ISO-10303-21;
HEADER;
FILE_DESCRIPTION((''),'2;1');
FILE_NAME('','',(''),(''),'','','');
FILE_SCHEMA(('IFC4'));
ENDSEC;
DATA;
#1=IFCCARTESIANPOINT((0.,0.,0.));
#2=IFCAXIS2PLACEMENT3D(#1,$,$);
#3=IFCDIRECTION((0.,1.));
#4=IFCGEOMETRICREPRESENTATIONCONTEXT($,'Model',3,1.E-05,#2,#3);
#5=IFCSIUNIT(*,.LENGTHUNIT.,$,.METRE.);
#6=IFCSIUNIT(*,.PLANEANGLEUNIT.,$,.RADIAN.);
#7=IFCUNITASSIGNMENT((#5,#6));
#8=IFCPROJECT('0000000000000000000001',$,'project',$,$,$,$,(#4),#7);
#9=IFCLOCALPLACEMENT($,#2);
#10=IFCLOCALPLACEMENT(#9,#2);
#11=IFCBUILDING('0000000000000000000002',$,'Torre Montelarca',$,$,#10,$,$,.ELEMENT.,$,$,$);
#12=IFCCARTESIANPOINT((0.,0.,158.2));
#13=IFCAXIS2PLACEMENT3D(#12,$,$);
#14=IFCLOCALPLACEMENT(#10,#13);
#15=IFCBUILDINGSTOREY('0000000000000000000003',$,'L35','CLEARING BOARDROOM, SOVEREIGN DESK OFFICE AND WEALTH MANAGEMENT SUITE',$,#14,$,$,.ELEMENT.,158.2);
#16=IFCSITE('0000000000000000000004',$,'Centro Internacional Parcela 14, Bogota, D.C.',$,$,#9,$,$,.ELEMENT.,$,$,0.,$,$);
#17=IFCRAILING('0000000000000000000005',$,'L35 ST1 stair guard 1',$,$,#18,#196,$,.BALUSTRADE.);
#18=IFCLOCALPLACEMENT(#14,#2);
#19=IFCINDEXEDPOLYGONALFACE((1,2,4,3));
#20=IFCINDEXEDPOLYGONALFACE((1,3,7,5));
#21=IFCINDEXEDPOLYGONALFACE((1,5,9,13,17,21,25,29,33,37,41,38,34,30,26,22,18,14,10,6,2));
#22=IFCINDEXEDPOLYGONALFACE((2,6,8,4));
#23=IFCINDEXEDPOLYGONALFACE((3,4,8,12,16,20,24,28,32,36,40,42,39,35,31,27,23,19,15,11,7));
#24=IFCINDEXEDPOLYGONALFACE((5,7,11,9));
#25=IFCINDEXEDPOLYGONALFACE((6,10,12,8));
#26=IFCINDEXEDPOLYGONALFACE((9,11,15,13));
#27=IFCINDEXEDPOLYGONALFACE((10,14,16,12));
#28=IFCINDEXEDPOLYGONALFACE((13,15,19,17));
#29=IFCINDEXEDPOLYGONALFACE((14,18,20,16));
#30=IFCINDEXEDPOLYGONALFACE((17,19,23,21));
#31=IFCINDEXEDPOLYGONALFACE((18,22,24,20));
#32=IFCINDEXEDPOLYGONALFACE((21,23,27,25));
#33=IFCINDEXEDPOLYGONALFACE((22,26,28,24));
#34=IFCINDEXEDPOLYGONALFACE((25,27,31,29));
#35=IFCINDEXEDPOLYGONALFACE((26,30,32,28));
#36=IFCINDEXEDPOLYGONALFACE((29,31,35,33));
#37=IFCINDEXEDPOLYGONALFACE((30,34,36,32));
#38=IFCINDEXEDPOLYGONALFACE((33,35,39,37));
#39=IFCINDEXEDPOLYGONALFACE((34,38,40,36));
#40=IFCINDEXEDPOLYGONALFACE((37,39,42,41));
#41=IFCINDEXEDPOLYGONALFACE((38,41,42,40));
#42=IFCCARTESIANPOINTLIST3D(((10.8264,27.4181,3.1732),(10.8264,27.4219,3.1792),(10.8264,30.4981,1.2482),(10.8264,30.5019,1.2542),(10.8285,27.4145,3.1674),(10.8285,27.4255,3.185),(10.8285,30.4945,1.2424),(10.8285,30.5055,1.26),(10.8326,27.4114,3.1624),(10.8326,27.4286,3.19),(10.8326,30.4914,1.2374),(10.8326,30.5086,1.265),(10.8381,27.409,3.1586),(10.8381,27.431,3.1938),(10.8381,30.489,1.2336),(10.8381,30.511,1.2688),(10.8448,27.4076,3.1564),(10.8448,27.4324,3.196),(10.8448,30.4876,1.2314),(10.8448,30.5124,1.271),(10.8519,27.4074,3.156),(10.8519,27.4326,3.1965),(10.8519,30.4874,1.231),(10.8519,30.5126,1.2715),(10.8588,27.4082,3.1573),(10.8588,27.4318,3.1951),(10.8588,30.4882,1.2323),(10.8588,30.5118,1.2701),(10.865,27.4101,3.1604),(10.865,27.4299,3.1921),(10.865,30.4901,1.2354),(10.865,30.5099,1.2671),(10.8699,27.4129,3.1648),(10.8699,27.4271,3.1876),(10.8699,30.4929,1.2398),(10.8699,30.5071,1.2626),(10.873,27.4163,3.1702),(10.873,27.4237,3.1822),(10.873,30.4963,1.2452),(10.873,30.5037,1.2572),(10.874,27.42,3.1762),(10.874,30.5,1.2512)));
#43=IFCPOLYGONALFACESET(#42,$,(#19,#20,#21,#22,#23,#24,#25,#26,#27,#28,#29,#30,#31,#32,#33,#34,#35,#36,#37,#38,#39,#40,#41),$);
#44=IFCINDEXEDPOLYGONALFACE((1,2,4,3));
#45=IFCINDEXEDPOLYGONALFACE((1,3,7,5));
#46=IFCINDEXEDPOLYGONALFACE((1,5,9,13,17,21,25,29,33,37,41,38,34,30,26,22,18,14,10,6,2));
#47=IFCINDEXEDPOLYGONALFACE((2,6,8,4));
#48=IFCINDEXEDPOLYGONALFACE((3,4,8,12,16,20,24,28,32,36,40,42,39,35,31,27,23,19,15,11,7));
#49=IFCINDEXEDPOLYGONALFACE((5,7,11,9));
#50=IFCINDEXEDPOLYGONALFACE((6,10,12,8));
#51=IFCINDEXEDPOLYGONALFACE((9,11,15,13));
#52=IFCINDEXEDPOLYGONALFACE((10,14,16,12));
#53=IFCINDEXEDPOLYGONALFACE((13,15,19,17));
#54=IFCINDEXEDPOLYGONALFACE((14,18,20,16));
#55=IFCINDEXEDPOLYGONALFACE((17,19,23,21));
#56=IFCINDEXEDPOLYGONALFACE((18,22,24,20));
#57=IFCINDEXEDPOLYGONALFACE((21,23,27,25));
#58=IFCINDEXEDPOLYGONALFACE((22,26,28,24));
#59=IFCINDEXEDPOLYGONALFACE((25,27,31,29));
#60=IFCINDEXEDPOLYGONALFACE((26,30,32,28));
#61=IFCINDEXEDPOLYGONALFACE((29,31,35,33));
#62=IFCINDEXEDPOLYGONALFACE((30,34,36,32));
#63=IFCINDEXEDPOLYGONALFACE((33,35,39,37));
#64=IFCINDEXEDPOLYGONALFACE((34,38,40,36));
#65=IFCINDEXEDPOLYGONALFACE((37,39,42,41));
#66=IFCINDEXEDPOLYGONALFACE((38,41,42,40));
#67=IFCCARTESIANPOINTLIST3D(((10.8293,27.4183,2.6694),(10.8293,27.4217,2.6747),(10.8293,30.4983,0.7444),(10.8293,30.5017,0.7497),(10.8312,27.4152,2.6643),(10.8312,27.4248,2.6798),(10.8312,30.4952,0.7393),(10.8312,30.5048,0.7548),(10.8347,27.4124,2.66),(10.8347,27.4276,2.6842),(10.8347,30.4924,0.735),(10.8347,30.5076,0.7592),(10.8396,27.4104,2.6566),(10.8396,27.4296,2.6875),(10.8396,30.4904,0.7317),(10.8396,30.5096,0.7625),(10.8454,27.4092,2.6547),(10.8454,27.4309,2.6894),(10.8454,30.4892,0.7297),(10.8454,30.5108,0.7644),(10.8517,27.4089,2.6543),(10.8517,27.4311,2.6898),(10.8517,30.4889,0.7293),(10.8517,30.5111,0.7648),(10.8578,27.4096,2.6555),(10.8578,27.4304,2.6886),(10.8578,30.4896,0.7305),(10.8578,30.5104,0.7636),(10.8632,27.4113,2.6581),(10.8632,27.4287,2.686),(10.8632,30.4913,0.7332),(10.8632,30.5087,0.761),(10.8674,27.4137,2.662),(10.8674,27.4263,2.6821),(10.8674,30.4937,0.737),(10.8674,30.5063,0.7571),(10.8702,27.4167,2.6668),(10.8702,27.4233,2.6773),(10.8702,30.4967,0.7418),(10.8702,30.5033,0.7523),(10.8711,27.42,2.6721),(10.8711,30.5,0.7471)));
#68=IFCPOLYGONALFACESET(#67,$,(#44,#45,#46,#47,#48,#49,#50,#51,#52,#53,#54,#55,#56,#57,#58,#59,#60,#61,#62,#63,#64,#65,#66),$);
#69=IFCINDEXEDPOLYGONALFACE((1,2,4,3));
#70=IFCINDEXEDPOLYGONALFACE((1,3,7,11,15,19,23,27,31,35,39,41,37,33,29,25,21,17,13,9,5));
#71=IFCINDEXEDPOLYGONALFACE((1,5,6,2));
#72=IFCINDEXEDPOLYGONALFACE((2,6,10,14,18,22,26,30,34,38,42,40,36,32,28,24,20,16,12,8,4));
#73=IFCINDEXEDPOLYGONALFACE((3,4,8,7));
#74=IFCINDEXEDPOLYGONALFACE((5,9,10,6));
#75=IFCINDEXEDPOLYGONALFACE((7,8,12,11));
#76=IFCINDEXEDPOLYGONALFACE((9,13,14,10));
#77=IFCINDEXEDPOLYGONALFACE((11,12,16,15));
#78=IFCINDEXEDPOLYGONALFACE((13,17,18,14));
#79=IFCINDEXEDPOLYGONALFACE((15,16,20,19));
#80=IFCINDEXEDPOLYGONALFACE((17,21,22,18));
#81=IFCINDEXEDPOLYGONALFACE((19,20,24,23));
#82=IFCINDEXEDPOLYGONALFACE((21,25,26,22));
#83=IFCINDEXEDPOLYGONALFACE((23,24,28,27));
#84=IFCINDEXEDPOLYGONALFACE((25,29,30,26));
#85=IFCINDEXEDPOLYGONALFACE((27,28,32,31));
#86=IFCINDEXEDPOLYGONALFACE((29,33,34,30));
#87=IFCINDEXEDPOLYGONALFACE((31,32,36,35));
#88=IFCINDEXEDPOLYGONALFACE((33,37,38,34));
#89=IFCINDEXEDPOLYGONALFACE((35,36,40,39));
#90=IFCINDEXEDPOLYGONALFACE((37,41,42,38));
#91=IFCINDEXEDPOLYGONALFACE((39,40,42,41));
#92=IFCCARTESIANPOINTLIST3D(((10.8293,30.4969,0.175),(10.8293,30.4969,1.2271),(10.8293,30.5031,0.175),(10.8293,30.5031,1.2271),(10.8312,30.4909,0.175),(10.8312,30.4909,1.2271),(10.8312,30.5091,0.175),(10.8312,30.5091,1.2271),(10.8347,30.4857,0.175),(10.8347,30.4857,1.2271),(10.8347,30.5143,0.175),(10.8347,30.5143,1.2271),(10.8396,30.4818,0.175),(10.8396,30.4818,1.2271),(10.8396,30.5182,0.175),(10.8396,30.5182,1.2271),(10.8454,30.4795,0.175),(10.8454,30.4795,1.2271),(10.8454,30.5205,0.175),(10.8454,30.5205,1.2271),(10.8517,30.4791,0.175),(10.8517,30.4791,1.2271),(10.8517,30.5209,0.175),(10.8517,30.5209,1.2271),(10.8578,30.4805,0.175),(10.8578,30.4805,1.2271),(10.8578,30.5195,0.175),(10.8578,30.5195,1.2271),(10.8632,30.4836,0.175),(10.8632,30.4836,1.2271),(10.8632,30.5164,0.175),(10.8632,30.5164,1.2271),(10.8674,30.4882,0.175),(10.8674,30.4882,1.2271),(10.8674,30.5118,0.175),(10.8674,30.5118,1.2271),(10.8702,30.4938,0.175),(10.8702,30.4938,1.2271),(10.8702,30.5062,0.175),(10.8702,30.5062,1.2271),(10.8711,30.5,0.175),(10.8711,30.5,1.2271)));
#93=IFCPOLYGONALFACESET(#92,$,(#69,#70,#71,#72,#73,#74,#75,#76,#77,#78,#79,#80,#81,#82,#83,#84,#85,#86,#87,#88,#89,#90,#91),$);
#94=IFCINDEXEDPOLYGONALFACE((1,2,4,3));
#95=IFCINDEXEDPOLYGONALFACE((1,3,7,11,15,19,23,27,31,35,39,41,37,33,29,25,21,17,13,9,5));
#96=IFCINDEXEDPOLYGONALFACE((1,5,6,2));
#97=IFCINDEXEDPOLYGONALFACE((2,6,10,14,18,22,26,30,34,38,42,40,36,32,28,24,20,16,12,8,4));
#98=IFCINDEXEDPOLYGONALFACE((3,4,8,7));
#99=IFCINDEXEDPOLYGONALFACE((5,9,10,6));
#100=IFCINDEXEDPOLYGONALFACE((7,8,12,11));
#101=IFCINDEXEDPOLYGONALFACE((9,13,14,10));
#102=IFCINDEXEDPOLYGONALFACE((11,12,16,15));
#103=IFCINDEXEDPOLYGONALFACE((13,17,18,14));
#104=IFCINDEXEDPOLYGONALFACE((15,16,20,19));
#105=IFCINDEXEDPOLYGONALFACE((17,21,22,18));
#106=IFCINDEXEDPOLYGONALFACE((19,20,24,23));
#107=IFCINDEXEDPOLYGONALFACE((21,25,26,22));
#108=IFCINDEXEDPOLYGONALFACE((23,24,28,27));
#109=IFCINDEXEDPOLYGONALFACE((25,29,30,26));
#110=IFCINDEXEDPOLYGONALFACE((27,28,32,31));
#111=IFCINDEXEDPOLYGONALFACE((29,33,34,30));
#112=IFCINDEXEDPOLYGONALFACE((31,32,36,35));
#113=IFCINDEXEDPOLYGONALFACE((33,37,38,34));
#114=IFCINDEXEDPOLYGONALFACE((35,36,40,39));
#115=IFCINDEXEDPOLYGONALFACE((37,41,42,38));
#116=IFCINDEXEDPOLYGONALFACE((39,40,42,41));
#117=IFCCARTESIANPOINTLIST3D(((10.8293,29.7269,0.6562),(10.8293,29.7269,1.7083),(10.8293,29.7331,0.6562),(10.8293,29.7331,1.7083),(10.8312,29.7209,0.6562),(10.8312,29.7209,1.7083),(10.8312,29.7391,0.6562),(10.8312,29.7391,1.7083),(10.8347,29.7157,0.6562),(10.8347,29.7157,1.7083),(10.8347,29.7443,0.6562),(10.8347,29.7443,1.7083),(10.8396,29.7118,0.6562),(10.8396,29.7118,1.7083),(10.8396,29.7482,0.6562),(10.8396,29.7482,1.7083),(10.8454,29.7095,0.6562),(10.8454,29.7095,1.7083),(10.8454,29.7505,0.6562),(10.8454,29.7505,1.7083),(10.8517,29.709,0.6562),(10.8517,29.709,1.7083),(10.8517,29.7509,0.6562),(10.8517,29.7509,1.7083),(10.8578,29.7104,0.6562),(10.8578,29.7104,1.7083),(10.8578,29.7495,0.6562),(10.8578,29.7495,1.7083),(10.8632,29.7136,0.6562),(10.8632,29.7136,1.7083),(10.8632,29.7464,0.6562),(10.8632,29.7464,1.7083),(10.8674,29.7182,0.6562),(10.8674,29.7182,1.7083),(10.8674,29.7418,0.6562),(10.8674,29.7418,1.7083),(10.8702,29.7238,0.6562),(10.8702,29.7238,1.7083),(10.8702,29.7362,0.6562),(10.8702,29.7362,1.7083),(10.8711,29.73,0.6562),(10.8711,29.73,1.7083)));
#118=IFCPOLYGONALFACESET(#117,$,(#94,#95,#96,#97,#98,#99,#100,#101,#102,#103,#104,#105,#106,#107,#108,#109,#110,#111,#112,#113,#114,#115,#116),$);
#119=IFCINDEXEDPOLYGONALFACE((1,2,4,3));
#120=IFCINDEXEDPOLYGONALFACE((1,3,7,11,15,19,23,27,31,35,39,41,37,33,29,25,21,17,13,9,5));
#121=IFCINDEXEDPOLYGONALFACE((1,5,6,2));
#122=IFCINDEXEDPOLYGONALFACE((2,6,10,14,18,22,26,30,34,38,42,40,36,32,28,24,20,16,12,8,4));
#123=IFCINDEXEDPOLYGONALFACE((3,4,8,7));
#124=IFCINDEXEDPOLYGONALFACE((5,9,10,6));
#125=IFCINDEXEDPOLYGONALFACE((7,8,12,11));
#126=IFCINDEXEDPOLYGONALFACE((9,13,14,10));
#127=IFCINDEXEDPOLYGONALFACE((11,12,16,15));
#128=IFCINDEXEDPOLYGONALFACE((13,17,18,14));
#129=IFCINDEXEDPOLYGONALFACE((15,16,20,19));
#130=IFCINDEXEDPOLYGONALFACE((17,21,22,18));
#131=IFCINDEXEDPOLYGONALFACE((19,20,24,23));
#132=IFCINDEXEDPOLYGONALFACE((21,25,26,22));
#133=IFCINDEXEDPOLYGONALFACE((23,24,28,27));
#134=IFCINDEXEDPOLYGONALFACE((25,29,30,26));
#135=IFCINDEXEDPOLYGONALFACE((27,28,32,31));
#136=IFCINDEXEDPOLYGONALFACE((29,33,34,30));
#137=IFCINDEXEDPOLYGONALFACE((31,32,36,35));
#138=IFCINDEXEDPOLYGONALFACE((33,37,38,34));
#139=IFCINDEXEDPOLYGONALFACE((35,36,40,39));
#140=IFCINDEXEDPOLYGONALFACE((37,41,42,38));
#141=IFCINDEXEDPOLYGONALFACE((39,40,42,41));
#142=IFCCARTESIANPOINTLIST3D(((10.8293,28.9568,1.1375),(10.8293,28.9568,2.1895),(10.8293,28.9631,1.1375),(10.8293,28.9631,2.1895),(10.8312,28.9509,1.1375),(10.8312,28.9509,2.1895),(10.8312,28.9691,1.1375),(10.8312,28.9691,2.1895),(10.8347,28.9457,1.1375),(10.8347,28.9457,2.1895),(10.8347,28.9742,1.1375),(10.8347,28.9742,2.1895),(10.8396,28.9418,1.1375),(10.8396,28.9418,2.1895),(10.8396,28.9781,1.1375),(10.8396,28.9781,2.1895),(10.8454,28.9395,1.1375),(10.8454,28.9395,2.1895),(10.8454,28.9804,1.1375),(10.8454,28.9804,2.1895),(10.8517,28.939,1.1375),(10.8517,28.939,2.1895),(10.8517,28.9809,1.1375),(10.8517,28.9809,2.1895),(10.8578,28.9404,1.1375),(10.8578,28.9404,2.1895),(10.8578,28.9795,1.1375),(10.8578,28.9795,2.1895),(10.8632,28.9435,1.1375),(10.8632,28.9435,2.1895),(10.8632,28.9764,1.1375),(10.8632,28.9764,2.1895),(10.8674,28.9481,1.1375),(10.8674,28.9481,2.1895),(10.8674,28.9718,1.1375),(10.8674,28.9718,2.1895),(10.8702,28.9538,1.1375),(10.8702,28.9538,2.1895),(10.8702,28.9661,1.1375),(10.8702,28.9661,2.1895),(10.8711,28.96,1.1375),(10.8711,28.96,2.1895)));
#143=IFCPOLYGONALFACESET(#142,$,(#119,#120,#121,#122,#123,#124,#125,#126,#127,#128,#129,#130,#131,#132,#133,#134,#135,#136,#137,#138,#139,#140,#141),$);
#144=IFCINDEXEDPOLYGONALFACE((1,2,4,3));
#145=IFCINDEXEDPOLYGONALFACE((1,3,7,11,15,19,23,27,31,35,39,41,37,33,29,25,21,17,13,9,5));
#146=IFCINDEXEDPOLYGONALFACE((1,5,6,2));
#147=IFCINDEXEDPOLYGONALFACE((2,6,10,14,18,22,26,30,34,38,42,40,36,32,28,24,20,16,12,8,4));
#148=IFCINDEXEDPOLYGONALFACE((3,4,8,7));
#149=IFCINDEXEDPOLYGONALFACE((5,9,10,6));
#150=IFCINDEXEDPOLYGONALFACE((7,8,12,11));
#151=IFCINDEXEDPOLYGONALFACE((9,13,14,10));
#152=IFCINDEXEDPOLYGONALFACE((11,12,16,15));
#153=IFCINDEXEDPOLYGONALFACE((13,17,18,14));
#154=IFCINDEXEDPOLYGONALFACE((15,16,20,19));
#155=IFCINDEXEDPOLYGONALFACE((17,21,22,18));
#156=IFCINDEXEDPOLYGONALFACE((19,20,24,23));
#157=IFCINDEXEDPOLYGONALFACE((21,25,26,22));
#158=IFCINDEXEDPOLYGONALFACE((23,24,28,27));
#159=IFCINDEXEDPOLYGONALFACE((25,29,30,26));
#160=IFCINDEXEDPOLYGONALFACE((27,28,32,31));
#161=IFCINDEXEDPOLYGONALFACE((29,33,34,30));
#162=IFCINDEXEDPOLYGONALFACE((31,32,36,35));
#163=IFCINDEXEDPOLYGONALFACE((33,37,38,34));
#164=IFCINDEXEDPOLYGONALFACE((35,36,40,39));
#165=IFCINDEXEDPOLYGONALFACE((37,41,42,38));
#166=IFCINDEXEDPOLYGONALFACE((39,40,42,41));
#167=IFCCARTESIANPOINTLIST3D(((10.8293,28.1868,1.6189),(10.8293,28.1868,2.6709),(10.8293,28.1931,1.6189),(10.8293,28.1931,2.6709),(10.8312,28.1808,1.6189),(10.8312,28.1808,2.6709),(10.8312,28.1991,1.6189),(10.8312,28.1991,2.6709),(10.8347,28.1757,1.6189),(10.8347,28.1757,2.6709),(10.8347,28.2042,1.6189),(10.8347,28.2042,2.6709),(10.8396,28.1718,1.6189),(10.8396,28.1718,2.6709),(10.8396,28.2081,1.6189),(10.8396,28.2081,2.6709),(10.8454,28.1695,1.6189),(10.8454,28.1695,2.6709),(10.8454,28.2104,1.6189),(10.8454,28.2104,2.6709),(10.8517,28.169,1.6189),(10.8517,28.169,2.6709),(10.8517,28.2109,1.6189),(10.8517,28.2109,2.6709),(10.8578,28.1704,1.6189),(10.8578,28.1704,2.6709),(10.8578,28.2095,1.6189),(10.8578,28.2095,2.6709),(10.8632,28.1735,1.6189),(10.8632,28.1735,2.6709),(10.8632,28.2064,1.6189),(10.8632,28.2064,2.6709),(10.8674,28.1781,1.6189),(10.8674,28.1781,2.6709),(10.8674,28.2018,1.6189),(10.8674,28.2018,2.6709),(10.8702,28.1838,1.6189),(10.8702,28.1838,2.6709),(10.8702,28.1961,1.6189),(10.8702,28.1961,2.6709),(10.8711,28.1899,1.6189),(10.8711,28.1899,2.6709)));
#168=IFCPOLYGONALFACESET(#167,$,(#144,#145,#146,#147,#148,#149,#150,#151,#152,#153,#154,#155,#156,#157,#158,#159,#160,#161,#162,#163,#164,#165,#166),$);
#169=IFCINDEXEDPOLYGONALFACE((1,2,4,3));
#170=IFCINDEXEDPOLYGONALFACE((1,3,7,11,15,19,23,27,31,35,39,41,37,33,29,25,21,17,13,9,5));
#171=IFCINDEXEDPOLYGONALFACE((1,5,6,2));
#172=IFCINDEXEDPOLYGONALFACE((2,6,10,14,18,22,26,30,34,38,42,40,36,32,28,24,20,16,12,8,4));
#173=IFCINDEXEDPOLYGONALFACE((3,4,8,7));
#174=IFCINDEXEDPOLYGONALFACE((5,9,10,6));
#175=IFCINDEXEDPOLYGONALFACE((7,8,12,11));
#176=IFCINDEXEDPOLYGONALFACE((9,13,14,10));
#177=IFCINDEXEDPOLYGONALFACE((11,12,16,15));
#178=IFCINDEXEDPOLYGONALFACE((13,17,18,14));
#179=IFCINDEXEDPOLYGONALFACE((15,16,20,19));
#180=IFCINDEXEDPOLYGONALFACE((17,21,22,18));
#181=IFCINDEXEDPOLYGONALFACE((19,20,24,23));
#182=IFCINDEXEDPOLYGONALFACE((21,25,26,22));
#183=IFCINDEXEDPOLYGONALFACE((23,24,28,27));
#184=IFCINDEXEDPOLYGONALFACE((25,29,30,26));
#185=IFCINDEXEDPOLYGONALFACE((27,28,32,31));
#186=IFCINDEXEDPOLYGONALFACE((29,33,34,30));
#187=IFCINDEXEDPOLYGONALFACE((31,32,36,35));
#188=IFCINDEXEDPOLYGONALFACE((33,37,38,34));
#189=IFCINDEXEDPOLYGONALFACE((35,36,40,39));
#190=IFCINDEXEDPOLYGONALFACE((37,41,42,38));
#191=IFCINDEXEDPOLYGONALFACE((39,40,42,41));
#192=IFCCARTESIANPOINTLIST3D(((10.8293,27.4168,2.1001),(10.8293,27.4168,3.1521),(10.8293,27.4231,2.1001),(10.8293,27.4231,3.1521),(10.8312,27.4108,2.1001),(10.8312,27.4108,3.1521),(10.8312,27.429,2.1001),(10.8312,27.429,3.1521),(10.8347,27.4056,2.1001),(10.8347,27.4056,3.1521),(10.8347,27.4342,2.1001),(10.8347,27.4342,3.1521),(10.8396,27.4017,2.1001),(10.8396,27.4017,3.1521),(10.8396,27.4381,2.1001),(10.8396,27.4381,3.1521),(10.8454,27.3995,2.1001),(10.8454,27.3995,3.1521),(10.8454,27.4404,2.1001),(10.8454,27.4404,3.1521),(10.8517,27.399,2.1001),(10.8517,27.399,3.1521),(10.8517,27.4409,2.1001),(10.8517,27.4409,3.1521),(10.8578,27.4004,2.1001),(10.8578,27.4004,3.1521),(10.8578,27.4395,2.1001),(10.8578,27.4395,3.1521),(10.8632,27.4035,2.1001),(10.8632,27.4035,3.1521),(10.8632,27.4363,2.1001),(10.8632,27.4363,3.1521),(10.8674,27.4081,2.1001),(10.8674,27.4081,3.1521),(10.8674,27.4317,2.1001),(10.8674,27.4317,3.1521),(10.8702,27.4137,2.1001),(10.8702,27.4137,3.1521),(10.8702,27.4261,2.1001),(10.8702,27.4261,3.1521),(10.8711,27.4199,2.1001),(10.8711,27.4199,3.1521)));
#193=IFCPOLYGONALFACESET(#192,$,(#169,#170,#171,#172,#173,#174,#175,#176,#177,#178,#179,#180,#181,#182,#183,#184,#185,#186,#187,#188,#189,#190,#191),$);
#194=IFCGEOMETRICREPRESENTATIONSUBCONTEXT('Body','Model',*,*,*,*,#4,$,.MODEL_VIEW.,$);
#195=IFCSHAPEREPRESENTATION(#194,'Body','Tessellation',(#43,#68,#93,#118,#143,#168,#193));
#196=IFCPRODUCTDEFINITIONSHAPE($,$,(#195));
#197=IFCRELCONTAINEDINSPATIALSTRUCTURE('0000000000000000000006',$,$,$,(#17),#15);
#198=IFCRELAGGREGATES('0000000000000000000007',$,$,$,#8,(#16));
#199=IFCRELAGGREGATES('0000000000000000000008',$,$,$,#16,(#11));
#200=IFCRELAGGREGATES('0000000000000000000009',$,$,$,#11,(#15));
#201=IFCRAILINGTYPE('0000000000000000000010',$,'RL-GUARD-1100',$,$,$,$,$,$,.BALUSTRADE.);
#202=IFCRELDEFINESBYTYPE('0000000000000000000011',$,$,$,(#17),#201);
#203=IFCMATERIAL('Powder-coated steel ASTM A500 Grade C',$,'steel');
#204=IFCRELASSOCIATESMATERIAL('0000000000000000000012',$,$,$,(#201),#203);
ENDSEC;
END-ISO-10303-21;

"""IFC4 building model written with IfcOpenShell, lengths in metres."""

from ifc_helpers import new_model, si_unit, direction, frame, origin, origin_2d, place, context, subcontext, project, spatial, circle, extrude, material, type_object, element, save


model = new_model("IFC4")

# Units and contexts
model_context = context("Model", 3, precision=1e-05, world=origin(), true_north=direction((0.0, 1.0)))
body_context = subcontext(model_context, "Body", "Model", "MODEL_VIEW")
ifc_project = project(units=[si_unit("LENGTHUNIT", "METRE"), si_unit("PLANEANGLEUNIT", "RADIAN")], contexts=[model_context])

# Site, building, storey
site_placement = place(None, origin())
site = spatial("IfcSite", under=ifc_project, at=site_placement, Name="Centro Internacional Parcela 14, Bogota, D.C.", CompositionType="ELEMENT", RefElevation=0.0)
building_placement = place(site_placement, origin())
building = spatial("IfcBuilding", under=site, at=building_placement, Name="Torre Montelarca", CompositionType="ELEMENT")
storey_placement = place(building_placement, frame((0.0, 0.0, 158.2)))
storey = spatial("IfcBuildingStorey", under=building, at=storey_placement, Name="L35", Description="CLEARING BOARDROOM, SOVEREIGN DESK OFFICE AND WEALTH MANAGEMENT SUITE", CompositionType="ELEMENT", Elevation=158.2)

# Railing
ifc_material_1 = material(Name="Powder-coated steel ASTM A500 Grade C", Category="steel")
railing_type_1 = type_object("IfcRailingType", Name="RL-GUARD-1100", PredefinedType="BALUSTRADE", material=ifc_material_1)
railing_1_placement = place(storey_placement, frame((10.8501, 30.5, 0.175)))
element("IfcRailing", 1, at=railing_1_placement, inside=storey, type_object=railing_type_1, Name="L35 ST1 stair guard 1", PredefinedType="BALUSTRADE", context=body_context, shape_type="SweptSolid", body=[
    extrude(circle(Radius=0.0239, at=origin_2d()), frame((0.0, 0.0, 1.0762), z_axis=(0.0, -0.847998, 0.529999), x_axis=(1.0, 0.0, 0.0)), (0.0, 0.0, 1.0), 3.6321),
    extrude(circle(Radius=0.021, at=origin_2d()), frame((0.0, 0.0, 0.572), z_axis=(0.0, -0.847998, 0.529999), x_axis=(1.0, 0.0, 0.0)), (0.0, 0.0, 1.0), 3.6321),
    extrude(circle(Radius=0.021, at=origin_2d()), origin(), (0.0, 0.0, 1.0), 1.052),
    extrude(circle(Radius=0.021, at=origin_2d()), frame((0.0, -0.77, 0.4812)), (0.0, 0.0, 1.0), 1.052),
    extrude(circle(Radius=0.021, at=origin_2d()), frame((0.0, -1.54, 0.9624)), (0.0, 0.0, 1.0), 1.052),
    extrude(circle(Radius=0.021, at=origin_2d()), frame((0.0, -2.3101, 1.4438)), (0.0, 0.0, 1.0), 1.052),
    extrude(circle(Radius=0.021, at=origin_2d()), frame((0.0, -3.0801, 1.925)), (0.0, 0.0, 1.0), 1.052),
])

save(model, "model.ifc")
